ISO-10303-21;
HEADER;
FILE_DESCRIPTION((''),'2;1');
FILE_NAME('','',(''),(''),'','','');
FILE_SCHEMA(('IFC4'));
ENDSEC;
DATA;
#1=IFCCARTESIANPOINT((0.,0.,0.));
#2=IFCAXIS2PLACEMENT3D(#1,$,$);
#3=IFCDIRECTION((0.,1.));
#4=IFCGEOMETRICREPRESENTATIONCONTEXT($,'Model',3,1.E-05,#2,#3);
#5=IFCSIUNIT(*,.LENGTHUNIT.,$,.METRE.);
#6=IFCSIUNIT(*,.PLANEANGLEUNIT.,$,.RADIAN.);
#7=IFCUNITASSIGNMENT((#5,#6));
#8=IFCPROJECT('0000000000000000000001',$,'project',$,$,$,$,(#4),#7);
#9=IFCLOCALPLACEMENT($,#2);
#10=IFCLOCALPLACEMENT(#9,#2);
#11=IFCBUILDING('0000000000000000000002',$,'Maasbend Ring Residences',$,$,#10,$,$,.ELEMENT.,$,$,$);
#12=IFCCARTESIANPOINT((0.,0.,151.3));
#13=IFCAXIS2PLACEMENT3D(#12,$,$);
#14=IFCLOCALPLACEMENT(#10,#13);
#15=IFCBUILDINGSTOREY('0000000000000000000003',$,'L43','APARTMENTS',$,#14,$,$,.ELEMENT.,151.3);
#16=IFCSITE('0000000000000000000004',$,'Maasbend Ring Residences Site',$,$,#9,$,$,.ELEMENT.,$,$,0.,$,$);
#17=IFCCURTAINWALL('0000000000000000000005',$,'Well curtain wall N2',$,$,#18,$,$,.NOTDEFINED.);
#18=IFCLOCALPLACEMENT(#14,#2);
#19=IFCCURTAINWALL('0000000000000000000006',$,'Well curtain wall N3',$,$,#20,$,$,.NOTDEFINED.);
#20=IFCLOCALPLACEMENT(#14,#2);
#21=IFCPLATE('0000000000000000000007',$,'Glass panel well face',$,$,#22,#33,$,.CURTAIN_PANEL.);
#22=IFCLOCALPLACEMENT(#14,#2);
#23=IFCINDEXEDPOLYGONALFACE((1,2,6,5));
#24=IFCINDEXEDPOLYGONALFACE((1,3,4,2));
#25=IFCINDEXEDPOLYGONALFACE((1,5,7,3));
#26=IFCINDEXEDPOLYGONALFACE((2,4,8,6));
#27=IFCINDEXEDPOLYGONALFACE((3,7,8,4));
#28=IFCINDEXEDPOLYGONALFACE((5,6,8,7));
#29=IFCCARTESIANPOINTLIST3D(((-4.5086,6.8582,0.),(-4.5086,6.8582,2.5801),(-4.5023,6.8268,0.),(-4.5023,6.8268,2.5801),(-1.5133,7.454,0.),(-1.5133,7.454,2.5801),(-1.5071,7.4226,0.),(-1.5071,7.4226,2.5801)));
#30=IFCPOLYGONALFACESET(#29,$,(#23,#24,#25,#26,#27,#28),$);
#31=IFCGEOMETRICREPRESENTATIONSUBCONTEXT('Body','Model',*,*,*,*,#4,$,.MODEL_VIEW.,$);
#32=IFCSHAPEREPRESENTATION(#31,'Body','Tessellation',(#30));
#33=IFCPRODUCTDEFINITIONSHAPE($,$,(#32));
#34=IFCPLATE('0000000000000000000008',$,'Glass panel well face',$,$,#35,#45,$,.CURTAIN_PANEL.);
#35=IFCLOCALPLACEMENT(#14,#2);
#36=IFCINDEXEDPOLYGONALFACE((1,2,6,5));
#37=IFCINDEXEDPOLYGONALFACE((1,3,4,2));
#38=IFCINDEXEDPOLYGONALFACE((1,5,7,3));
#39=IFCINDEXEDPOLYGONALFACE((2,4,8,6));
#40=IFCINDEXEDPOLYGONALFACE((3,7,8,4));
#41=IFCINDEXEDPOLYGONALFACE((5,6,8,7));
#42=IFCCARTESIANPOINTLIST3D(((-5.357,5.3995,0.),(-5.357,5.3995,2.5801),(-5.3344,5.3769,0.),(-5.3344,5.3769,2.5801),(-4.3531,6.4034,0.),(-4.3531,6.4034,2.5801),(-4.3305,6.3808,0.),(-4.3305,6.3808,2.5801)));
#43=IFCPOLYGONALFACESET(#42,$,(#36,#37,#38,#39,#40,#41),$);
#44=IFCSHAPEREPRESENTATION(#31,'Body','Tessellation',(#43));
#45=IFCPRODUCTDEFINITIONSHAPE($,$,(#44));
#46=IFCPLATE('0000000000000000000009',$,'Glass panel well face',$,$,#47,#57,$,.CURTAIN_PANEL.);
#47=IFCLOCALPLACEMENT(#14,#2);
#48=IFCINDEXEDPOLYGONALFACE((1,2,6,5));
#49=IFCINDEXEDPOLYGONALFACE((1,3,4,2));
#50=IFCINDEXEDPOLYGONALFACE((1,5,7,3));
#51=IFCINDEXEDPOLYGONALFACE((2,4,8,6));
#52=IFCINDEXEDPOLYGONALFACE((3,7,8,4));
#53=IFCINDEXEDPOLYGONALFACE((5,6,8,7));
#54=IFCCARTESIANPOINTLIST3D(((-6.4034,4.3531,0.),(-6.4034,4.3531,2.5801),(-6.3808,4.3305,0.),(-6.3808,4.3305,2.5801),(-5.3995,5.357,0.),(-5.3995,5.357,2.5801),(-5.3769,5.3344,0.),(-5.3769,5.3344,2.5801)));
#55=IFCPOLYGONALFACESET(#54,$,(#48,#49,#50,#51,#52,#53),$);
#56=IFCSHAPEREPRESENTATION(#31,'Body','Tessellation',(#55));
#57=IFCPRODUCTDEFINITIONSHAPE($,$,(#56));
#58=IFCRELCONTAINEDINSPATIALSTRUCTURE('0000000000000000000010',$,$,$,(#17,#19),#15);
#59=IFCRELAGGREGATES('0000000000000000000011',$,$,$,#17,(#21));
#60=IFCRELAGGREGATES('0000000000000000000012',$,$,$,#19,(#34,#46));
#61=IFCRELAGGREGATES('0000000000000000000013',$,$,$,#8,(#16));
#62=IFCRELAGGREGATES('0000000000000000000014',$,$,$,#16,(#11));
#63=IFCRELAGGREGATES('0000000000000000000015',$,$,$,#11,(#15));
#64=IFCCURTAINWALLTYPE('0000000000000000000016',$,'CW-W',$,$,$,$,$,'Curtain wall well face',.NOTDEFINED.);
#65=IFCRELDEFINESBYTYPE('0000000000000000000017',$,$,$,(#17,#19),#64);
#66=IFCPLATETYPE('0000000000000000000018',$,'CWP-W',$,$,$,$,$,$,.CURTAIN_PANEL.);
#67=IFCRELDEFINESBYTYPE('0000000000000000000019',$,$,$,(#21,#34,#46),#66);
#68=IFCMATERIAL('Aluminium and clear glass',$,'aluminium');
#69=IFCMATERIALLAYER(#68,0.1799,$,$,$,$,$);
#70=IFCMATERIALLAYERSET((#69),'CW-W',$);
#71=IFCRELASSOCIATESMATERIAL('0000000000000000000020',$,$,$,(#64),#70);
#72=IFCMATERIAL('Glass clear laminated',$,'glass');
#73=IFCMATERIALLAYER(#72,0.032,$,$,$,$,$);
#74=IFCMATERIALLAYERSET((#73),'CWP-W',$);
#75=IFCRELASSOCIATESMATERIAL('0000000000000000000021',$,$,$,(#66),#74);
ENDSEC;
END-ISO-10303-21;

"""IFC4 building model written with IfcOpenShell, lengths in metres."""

from ifc_helpers import new_model, si_unit, direction, frame, origin, origin_2d, place, context, subcontext, project, spatial, rectangle, extrude, material, layer, layer_set, type_object, element, aggregate, save


model = new_model("IFC4")

# Units and contexts
model_context = context("Model", 3, precision=1e-05, world=origin(), true_north=direction((0.0, 1.0)))
body_context = subcontext(model_context, "Body", "Model", "MODEL_VIEW")
ifc_project = project(units=[si_unit("LENGTHUNIT", "METRE"), si_unit("PLANEANGLEUNIT", "RADIAN")], contexts=[model_context])

# Site, building, storey
site_placement = place(None, origin())
site = spatial("IfcSite", under=ifc_project, at=site_placement, Name="Maasbend Ring Residences Site", CompositionType="ELEMENT", RefElevation=0.0)
building_placement = place(site_placement, origin())
building = spatial("IfcBuilding", under=site, at=building_placement, Name="Maasbend Ring Residences", CompositionType="ELEMENT")
storey_placement = place(building_placement, frame((0.0, 0.0, 151.3)))
storey = spatial("IfcBuildingStorey", under=building, at=storey_placement, Name="L43", Description="APARTMENTS", CompositionType="ELEMENT", Elevation=151.3)

# Curtain walls
ifc_material_1 = material(Name="Aluminium and clear glass", Category="aluminium")
ifc_layer_1 = layer(ifc_material_1, 0.1799)
ifc_layer_set_1 = layer_set([ifc_layer_1], Name="CW-W")
curtain_wall_type = type_object("IfcCurtainWallType", Name="CW-W", ElementType="Curtain wall well face", PredefinedType="NOTDEFINED", material=ifc_layer_set_1)
curtain_wall_1_placement = place(storey_placement, origin())
curtain_wall_1 = element("IfcCurtainWall", 1, at=curtain_wall_1_placement, inside=storey, type_object=curtain_wall_type, Name="Well curtain wall N2", PredefinedType="NOTDEFINED")
curtain_wall_2_placement = place(storey_placement, origin())
curtain_wall_2 = element("IfcCurtainWall", 2, at=curtain_wall_2_placement, inside=storey, type_object=curtain_wall_type, Name="Well curtain wall N3", PredefinedType="NOTDEFINED")

# Plates
ifc_material_2 = material(Name="Glass clear laminated", Category="glass")
ifc_layer_2 = layer(ifc_material_2, 0.032)
ifc_layer_set_2 = layer_set([ifc_layer_2], Name="CWP-W")
plate_type = type_object("IfcPlateType", Name="CWP-W", PredefinedType="CURTAIN_PANEL", material=ifc_layer_set_2)
plate_1_placement = place(storey_placement, frame((-3.0078, 7.1404, 0.0), z_axis=(0.0, 0.0, 1.0), x_axis=(-0.980785, -0.19509, 0.0)))
plate_1 = element("IfcPlate", 3, at=plate_1_placement, type_object=plate_type, Name="Glass panel well face", PredefinedType="CURTAIN_PANEL", context=body_context, shape_type="SweptSolid", body=[
    extrude(rectangle(XDim=3.054, YDim=0.032, at=origin_2d()), origin(), (0.0, 0.0, 1.0), 2.5801),
])
aggregate(curtain_wall_1, [plate_1])
plate_2_placement = place(storey_placement, frame((-4.8438, 5.8901, 0.0), z_axis=(0.0, 0.0, 1.0), x_axis=(-0.707107, -0.707107, 0.0)))
plate_2 = element("IfcPlate", 4, at=plate_2_placement, type_object=plate_type, Name="Glass panel well face", PredefinedType="CURTAIN_PANEL", context=body_context, shape_type="SweptSolid", body=[
    extrude(rectangle(XDim=1.4197, YDim=0.032, at=origin_2d()), origin(), (0.0, 0.0, 1.0), 2.5801),
])
plate_3_placement = place(storey_placement, frame((-5.8901, 4.8438, 0.0), z_axis=(0.0, 0.0, 1.0), x_axis=(-0.707107, -0.707107, 0.0)))
plate_3 = element("IfcPlate", 5, at=plate_3_placement, type_object=plate_type, Name="Glass panel well face", PredefinedType="CURTAIN_PANEL", context=body_context, shape_type="SweptSolid", body=[
    extrude(rectangle(XDim=1.4197, YDim=0.032, at=origin_2d()), origin(), (0.0, 0.0, 1.0), 2.5801),
])
aggregate(curtain_wall_2, [plate_2, plate_3])

save(model, "model.ifc")
